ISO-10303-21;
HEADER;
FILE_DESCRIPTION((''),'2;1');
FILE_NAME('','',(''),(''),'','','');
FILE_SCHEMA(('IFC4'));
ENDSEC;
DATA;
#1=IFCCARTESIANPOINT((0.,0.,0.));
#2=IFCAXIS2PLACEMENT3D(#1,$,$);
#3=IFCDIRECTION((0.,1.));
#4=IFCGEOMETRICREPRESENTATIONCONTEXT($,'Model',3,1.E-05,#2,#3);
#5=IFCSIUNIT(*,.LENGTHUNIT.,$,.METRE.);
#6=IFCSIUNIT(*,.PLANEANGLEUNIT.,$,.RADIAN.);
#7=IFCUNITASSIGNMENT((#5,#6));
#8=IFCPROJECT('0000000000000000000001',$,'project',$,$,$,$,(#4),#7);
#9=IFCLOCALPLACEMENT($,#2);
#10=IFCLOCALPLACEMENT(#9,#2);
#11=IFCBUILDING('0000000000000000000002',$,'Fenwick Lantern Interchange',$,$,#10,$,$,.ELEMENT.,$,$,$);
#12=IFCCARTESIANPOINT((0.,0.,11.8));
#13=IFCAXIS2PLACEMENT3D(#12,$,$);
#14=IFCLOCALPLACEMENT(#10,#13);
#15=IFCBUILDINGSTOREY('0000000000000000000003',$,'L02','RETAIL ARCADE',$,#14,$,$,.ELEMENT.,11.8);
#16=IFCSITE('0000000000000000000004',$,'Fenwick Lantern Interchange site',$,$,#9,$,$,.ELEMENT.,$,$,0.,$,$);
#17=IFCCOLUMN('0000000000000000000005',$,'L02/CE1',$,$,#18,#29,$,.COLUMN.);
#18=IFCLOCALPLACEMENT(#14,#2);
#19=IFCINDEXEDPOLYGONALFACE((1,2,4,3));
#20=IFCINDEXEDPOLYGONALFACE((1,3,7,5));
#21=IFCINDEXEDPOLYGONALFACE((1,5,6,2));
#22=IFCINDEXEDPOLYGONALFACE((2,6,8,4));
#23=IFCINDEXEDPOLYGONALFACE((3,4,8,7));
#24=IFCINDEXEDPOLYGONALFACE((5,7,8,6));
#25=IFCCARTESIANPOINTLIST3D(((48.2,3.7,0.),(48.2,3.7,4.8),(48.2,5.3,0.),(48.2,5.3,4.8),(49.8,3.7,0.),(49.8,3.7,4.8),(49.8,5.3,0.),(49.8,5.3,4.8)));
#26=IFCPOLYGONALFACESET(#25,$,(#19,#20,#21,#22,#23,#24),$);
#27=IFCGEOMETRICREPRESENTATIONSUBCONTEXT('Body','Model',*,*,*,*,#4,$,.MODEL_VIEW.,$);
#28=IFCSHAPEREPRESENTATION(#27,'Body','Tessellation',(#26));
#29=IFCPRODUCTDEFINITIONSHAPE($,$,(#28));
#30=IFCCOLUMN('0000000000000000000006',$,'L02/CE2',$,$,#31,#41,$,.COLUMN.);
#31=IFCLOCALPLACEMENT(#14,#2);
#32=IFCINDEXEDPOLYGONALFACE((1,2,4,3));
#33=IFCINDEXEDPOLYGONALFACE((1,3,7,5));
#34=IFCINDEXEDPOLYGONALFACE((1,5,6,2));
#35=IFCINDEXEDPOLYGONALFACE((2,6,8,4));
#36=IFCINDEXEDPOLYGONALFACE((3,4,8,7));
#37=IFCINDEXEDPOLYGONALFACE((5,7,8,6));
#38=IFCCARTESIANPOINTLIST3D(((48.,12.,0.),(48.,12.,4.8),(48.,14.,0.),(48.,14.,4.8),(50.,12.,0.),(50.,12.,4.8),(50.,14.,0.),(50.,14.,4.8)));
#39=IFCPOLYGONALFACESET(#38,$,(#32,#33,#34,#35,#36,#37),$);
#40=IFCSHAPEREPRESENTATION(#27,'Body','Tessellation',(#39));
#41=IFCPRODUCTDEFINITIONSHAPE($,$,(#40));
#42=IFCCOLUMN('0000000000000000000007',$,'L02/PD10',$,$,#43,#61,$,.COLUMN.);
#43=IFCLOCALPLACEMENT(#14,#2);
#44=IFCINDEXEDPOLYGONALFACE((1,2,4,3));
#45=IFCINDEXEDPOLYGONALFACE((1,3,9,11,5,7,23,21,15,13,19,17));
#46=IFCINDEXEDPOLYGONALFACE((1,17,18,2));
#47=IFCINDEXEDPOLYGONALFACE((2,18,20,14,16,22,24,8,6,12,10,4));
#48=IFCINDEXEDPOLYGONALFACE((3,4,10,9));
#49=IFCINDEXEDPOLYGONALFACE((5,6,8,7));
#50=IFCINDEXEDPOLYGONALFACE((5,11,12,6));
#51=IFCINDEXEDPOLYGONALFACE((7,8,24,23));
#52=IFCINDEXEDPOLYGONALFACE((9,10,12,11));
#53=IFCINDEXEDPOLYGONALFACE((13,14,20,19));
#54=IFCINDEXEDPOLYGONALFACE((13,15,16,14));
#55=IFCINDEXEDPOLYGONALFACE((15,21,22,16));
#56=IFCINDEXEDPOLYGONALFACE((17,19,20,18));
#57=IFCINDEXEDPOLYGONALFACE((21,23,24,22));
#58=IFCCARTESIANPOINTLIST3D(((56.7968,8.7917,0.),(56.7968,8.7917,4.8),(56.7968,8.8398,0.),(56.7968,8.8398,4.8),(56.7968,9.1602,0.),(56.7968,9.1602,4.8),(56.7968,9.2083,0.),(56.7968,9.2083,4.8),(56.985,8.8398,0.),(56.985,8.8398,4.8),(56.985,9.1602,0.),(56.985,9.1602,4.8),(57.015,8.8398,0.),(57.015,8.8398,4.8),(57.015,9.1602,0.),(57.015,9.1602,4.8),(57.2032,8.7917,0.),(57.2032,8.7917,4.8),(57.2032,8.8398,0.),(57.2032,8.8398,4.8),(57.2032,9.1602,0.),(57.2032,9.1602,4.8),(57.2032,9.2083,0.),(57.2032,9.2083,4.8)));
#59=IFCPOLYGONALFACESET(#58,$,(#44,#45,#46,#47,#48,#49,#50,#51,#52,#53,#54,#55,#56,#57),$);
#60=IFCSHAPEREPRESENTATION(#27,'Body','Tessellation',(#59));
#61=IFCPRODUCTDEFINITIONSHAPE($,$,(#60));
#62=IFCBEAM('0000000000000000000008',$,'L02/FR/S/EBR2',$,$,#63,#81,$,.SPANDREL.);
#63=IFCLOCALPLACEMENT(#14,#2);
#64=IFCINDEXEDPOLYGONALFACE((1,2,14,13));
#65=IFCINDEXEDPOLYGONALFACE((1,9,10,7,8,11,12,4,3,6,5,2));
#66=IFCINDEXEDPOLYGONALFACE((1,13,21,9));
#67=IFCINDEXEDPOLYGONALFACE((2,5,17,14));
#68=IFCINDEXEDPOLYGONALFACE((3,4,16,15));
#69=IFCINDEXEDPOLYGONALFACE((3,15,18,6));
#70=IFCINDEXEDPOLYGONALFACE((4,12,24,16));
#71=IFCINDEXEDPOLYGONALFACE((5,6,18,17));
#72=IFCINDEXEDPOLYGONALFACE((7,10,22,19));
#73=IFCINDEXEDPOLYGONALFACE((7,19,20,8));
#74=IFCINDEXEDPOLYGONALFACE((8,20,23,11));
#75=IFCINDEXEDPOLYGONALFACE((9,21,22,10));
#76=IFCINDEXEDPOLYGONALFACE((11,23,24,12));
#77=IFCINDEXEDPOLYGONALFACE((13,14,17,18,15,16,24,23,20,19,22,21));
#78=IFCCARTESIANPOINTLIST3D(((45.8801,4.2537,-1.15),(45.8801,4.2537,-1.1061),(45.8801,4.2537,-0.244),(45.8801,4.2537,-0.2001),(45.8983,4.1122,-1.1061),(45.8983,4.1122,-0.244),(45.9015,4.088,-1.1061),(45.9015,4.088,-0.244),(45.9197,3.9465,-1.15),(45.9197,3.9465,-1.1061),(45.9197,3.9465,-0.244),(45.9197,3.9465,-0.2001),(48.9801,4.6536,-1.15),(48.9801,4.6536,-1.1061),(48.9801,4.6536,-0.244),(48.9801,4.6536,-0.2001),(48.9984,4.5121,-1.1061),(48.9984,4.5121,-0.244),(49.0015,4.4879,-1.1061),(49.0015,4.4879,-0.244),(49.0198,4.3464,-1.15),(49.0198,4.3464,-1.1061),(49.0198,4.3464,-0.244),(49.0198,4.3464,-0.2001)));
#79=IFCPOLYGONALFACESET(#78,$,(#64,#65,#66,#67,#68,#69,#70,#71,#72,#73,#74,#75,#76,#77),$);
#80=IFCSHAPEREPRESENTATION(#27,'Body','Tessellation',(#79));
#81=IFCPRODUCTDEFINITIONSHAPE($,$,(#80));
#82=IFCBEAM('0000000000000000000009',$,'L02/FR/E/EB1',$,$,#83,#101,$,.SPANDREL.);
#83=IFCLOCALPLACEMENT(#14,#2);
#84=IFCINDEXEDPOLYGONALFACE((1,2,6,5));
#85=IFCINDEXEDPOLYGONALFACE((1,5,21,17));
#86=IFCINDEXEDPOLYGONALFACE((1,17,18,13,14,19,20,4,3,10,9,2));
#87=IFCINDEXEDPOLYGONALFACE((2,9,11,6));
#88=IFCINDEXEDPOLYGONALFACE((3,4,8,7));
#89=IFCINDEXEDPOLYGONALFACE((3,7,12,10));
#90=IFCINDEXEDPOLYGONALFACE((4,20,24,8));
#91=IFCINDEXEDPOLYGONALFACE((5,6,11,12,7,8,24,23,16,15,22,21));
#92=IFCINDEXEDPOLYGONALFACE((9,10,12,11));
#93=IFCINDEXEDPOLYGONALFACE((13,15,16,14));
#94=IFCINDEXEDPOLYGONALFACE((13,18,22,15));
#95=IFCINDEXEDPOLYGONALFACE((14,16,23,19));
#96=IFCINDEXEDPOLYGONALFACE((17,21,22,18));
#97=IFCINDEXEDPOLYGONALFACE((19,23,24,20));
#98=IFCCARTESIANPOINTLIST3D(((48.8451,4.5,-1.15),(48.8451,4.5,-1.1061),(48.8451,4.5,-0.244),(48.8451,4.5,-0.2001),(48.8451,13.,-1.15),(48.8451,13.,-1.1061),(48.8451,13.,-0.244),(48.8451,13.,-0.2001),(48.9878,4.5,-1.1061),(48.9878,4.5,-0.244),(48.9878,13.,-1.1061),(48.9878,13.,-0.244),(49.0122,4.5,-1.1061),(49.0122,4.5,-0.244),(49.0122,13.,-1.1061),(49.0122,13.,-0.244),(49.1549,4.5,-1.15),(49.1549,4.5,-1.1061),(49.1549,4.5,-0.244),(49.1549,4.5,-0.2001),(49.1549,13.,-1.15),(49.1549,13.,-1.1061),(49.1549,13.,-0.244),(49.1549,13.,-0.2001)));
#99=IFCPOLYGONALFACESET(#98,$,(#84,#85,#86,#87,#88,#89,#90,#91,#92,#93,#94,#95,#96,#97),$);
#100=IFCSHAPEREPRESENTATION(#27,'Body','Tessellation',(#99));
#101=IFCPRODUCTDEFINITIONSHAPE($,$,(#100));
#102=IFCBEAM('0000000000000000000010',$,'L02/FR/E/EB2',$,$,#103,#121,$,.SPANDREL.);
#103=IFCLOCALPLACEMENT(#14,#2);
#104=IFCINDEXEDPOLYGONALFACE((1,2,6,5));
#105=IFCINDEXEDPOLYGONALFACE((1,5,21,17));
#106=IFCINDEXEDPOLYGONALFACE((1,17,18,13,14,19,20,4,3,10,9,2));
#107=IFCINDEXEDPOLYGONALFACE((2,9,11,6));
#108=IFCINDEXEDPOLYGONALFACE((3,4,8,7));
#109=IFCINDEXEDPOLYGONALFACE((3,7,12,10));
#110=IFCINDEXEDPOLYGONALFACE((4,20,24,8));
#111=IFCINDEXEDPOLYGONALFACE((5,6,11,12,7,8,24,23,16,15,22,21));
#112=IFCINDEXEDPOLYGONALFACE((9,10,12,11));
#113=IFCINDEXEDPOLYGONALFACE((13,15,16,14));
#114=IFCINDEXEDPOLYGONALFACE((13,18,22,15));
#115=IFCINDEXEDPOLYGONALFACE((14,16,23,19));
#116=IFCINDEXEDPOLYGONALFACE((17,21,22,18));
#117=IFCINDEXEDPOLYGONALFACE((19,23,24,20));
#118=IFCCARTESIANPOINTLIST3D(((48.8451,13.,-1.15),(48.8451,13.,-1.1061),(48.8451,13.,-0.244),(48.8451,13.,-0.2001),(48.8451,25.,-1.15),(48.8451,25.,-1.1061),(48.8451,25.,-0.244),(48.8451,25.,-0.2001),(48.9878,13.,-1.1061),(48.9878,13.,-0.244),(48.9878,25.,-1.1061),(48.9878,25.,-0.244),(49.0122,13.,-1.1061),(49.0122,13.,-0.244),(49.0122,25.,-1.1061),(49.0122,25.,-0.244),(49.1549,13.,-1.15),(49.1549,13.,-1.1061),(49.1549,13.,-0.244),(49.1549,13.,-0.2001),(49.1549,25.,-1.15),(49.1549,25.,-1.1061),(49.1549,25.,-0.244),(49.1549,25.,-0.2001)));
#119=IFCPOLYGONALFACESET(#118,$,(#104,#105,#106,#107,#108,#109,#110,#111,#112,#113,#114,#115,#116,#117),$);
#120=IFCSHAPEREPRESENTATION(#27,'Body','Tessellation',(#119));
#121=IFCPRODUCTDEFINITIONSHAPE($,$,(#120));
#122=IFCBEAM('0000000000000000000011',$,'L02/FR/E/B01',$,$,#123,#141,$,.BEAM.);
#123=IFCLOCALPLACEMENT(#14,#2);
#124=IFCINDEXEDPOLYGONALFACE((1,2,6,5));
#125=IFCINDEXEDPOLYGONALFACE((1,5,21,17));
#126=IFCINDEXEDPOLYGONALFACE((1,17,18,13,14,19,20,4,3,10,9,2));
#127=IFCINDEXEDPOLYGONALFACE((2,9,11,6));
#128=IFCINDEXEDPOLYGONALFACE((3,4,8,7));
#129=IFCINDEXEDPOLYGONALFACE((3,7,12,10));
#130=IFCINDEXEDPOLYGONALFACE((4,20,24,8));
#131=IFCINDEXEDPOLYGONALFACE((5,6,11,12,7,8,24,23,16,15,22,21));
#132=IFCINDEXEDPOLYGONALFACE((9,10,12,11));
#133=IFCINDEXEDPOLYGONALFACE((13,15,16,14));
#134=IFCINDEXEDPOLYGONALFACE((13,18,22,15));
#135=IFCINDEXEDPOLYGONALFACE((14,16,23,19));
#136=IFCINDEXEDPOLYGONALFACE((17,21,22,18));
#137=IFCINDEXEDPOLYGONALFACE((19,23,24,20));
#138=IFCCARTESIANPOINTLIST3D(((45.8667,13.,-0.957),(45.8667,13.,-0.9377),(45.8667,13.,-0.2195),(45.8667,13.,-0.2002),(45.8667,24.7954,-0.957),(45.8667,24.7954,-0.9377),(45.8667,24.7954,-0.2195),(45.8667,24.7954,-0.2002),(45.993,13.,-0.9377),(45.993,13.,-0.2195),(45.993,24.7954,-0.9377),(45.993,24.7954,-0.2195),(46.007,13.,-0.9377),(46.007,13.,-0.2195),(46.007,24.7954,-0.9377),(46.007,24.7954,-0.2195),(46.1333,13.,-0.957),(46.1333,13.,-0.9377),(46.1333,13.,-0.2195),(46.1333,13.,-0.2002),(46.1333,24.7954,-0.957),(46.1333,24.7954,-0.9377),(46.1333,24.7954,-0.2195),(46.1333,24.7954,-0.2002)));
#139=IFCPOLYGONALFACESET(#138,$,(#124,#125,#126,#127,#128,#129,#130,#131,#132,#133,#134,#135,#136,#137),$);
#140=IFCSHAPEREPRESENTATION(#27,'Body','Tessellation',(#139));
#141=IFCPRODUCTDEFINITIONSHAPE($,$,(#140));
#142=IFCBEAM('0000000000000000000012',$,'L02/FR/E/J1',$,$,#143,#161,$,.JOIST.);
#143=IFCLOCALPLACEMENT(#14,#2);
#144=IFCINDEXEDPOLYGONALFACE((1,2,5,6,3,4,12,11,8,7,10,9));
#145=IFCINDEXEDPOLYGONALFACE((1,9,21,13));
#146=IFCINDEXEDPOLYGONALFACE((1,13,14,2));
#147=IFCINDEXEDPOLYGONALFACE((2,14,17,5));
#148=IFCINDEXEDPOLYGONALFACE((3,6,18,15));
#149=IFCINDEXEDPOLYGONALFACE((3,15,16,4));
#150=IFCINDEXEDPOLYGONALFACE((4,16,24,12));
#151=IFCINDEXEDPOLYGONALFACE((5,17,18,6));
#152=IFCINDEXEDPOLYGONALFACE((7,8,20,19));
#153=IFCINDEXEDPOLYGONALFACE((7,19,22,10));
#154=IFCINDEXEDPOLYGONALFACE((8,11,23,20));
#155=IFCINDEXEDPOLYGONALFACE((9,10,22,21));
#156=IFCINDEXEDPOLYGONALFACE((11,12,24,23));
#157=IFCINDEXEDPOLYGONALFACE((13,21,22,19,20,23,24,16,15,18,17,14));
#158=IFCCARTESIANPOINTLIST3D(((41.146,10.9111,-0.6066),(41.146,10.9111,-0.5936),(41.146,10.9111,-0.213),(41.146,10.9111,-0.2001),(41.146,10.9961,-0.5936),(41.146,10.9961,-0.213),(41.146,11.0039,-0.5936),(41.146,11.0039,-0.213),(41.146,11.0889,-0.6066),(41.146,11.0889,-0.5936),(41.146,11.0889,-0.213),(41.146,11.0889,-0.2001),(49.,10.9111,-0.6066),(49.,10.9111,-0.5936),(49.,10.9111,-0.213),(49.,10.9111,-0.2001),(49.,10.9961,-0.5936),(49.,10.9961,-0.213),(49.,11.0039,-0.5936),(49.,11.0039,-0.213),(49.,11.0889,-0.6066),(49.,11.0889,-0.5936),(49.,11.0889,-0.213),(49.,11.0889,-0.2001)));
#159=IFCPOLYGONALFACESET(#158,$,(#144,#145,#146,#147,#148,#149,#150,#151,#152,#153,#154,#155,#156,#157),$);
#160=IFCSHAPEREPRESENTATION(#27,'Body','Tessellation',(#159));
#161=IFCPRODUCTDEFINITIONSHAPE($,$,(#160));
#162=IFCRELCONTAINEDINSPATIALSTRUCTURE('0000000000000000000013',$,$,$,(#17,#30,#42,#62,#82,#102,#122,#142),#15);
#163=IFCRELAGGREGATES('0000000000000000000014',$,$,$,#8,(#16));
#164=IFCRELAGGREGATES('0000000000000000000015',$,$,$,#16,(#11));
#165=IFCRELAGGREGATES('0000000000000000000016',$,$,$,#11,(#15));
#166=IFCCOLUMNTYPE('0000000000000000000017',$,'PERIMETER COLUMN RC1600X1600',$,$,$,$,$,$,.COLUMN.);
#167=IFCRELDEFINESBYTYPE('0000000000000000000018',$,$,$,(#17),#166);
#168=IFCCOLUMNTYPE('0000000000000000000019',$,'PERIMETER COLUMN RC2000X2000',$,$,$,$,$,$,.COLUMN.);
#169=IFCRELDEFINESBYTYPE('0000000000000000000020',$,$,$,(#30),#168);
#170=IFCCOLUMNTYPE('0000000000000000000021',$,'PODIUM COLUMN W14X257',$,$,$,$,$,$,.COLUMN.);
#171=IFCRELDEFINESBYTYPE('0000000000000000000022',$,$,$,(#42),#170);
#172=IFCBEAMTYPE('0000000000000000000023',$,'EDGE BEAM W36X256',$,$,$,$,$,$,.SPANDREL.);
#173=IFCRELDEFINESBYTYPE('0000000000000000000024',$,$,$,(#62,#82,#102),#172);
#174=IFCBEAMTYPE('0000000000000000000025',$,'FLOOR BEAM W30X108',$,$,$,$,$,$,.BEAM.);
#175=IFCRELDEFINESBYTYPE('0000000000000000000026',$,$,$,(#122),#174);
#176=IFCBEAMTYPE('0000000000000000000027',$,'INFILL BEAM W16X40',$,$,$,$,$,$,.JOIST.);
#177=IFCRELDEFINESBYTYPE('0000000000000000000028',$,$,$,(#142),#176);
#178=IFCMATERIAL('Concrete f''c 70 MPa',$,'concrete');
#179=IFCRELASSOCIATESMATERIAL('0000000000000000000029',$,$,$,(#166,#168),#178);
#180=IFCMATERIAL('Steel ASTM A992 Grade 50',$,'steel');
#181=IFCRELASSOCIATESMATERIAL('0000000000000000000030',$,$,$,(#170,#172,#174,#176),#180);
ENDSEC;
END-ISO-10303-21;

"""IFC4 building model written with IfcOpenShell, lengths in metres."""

from ifc_helpers import new_model, si_unit, direction, frame, origin, origin_2d, place, context, subcontext, project, spatial, rectangle, i_section, extrude, material, material_profile, profile_set, type_object, element, save


model = new_model("IFC4")

# Units and contexts
model_context = context("Model", 3, precision=1e-05, world=origin(), true_north=direction((0.0, 1.0)))
body_context = subcontext(model_context, "Body", "Model", "MODEL_VIEW")
ifc_project = project(units=[si_unit("LENGTHUNIT", "METRE"), si_unit("PLANEANGLEUNIT", "RADIAN")], contexts=[model_context])

# Site, building, storey
site_placement = place(None, origin())
site = spatial("IfcSite", under=ifc_project, at=site_placement, Name="Fenwick Lantern Interchange site", CompositionType="ELEMENT", RefElevation=0.0)
building_placement = place(site_placement, origin())
building = spatial("IfcBuilding", under=site, at=building_placement, Name="Fenwick Lantern Interchange", CompositionType="ELEMENT")
storey_placement = place(building_placement, frame((0.0, 0.0, 11.8)))
storey = spatial("IfcBuildingStorey", under=building, at=storey_placement, Name="L02", Description="RETAIL ARCADE", CompositionType="ELEMENT", Elevation=11.8)

# Columns
ifc_material_1 = material(Name="Concrete f'c 70 MPa", Category="concrete")
ifc_material_profile_1 = material_profile(ifc_material_1, rectangle(XDim=1.6001, YDim=1.6001, at=origin_2d()), Name="RC1600X1600")
ifc_profile_set_1 = profile_set([ifc_material_profile_1], Name="Concrete f'c 70 MPa")
column_type_1 = type_object("IfcColumnType", Name="PERIMETER COLUMN RC1600X1600", PredefinedType="COLUMN", material=ifc_profile_set_1)
column_1_placement = place(storey_placement, frame((49.0, 4.5, 0.0), z_axis=(0.0, 0.0, 1.0), x_axis=(1.0, 0.0, 0.0)))
element("IfcColumn", 1, at=column_1_placement, inside=storey, type_object=column_type_1, Name="L02/CE1", PredefinedType="COLUMN", context=body_context, shape_type="SweptSolid", body=[
    extrude(rectangle(XDim=1.6001, YDim=1.6001, at=origin_2d()), origin(), (0.0, 0.0, 1.0), 4.8),
])
ifc_material_profile_2 = material_profile(ifc_material_1, rectangle(XDim=2.0, YDim=2.0, at=origin_2d()), Name="RC2000X2000")
ifc_profile_set_2 = profile_set([ifc_material_profile_2], Name="Concrete f'c 70 MPa")
column_type_2 = type_object("IfcColumnType", Name="PERIMETER COLUMN RC2000X2000", PredefinedType="COLUMN", material=ifc_profile_set_2)
column_2_placement = place(storey_placement, frame((49.0, 13.0, 0.0), z_axis=(0.0, 0.0, 1.0), x_axis=(1.0, 0.0, 0.0)))
element("IfcColumn", 2, at=column_2_placement, inside=storey, type_object=column_type_2, Name="L02/CE2", PredefinedType="COLUMN", context=body_context, shape_type="SweptSolid", body=[
    extrude(rectangle(XDim=2.0, YDim=2.0, at=origin_2d()), origin(), (0.0, 0.0, 1.0), 4.8),
])
ifc_material_2 = material(Name="Steel ASTM A992 Grade 50", Category="steel")
ifc_material_profile_3 = material_profile(ifc_material_2, i_section(OverallWidth=0.4065, OverallDepth=0.4165, WebThickness=0.03, FlangeThickness=0.0481, at=origin_2d()), Name="W14X257")
ifc_profile_set_3 = profile_set([ifc_material_profile_3], Name="Steel ASTM A992 Grade 50")
column_type_3 = type_object("IfcColumnType", Name="PODIUM COLUMN W14X257", PredefinedType="COLUMN", material=ifc_profile_set_3)
column_3_placement = place(storey_placement, frame((57.0, 9.0, 0.0), z_axis=(0.0, 0.0, 1.0), x_axis=(1.0, 0.0, 0.0)))
element("IfcColumn", 3, at=column_3_placement, inside=storey, type_object=column_type_3, Name="L02/PD10", PredefinedType="COLUMN", context=body_context, shape_type="SweptSolid", body=[
    extrude(i_section(OverallWidth=0.4065, OverallDepth=0.4165, WebThickness=0.03, FlangeThickness=0.0481, at=origin_2d()), origin(), (0.0, 0.0, 1.0), 4.8),
])

# Beams
ifc_material_profile_4 = material_profile(ifc_material_2, i_section(OverallWidth=0.3098, OverallDepth=0.95, WebThickness=0.0244, FlangeThickness=0.0439, at=origin_2d()), Name="W36X256")
ifc_profile_set_4 = profile_set([ifc_material_profile_4], Name="Steel ASTM A992 Grade 50")
beam_type_1 = type_object("IfcBeamType", Name="EDGE BEAM W36X256", PredefinedType="SPANDREL", material=ifc_profile_set_4)
beam_1_placement = place(storey_placement, frame((45.8999, 4.1001, -0.675), z_axis=(0.991782, 0.127937, 0.0), x_axis=(-0.127937, 0.991782, 0.0)))
element("IfcBeam", 4, at=beam_1_placement, inside=storey, type_object=beam_type_1, Name="L02/FR/S/EBR2", PredefinedType="SPANDREL", context=body_context, shape_type="SweptSolid", body=[
    extrude(i_section(OverallWidth=0.3098, OverallDepth=0.95, WebThickness=0.0244, FlangeThickness=0.0439, at=origin_2d()), origin(), (0.0, 0.0, 1.0), 3.1257),
])
beam_2_placement = place(storey_placement, frame((49.0, 4.5, -0.675), z_axis=(0.0, 1.0, 0.0), x_axis=(-1.0, 0.0, 0.0)))
element("IfcBeam", 5, at=beam_2_placement, inside=storey, type_object=beam_type_1, Name="L02/FR/E/EB1", PredefinedType="SPANDREL", context=body_context, shape_type="SweptSolid", body=[
    extrude(i_section(OverallWidth=0.3098, OverallDepth=0.95, WebThickness=0.0244, FlangeThickness=0.0439, at=origin_2d()), origin(), (0.0, 0.0, 1.0), 8.5),
])
beam_3_placement = place(storey_placement, frame((49.0, 13.0, -0.675), z_axis=(0.0, 1.0, 0.0), x_axis=(-1.0, 0.0, 0.0)))
element("IfcBeam", 6, at=beam_3_placement, inside=storey, type_object=beam_type_1, Name="L02/FR/E/EB2", PredefinedType="SPANDREL", context=body_context, shape_type="SweptSolid", body=[
    extrude(i_section(OverallWidth=0.3098, OverallDepth=0.95, WebThickness=0.0244, FlangeThickness=0.0439, at=origin_2d()), origin(), (0.0, 0.0, 1.0), 12.0),
])
ifc_material_profile_5 = material_profile(ifc_material_2, i_section(OverallWidth=0.2666, OverallDepth=0.7568, WebThickness=0.0139, FlangeThickness=0.0193, at=origin_2d()), Name="W30X108")
ifc_profile_set_5 = profile_set([ifc_material_profile_5], Name="Steel ASTM A992 Grade 50")
beam_type_2 = type_object("IfcBeamType", Name="FLOOR BEAM W30X108", PredefinedType="BEAM", material=ifc_profile_set_5)
beam_4_placement = place(storey_placement, frame((46.0, 13.0, -0.5786), z_axis=(0.0, 1.0, 0.0), x_axis=(-1.0, 0.0, 0.0)))
element("IfcBeam", 7, at=beam_4_placement, inside=storey, type_object=beam_type_2, Name="L02/FR/E/B01", PredefinedType="BEAM", context=body_context, shape_type="SweptSolid", body=[
    extrude(i_section(OverallWidth=0.2666, OverallDepth=0.7568, WebThickness=0.0139, FlangeThickness=0.0193, at=origin_2d()), origin(), (0.0, 0.0, 1.0), 11.7954),
])
ifc_material_profile_6 = material_profile(ifc_material_2, i_section(OverallWidth=0.1777, OverallDepth=0.4065, WebThickness=0.0078, FlangeThickness=0.0129, at=origin_2d()), Name="W16X40")
ifc_profile_set_6 = profile_set([ifc_material_profile_6], Name="Steel ASTM A992 Grade 50")
beam_type_3 = type_object("IfcBeamType", Name="INFILL BEAM W16X40", PredefinedType="JOIST", material=ifc_profile_set_6)
beam_5_placement = place(storey_placement, frame((49.0, 11.0, -0.4033), z_axis=(-1.0, 0.0, 0.0), x_axis=(0.0, -1.0, 0.0)))
element("IfcBeam", 8, at=beam_5_placement, inside=storey, type_object=beam_type_3, Name="L02/FR/E/J1", PredefinedType="JOIST", context=body_context, shape_type="SweptSolid", body=[
    extrude(i_section(OverallWidth=0.1777, OverallDepth=0.4065, WebThickness=0.0078, FlangeThickness=0.0129, at=origin_2d()), origin(), (0.0, 0.0, 1.0), 7.854),
])

save(model, "model.ifc")
